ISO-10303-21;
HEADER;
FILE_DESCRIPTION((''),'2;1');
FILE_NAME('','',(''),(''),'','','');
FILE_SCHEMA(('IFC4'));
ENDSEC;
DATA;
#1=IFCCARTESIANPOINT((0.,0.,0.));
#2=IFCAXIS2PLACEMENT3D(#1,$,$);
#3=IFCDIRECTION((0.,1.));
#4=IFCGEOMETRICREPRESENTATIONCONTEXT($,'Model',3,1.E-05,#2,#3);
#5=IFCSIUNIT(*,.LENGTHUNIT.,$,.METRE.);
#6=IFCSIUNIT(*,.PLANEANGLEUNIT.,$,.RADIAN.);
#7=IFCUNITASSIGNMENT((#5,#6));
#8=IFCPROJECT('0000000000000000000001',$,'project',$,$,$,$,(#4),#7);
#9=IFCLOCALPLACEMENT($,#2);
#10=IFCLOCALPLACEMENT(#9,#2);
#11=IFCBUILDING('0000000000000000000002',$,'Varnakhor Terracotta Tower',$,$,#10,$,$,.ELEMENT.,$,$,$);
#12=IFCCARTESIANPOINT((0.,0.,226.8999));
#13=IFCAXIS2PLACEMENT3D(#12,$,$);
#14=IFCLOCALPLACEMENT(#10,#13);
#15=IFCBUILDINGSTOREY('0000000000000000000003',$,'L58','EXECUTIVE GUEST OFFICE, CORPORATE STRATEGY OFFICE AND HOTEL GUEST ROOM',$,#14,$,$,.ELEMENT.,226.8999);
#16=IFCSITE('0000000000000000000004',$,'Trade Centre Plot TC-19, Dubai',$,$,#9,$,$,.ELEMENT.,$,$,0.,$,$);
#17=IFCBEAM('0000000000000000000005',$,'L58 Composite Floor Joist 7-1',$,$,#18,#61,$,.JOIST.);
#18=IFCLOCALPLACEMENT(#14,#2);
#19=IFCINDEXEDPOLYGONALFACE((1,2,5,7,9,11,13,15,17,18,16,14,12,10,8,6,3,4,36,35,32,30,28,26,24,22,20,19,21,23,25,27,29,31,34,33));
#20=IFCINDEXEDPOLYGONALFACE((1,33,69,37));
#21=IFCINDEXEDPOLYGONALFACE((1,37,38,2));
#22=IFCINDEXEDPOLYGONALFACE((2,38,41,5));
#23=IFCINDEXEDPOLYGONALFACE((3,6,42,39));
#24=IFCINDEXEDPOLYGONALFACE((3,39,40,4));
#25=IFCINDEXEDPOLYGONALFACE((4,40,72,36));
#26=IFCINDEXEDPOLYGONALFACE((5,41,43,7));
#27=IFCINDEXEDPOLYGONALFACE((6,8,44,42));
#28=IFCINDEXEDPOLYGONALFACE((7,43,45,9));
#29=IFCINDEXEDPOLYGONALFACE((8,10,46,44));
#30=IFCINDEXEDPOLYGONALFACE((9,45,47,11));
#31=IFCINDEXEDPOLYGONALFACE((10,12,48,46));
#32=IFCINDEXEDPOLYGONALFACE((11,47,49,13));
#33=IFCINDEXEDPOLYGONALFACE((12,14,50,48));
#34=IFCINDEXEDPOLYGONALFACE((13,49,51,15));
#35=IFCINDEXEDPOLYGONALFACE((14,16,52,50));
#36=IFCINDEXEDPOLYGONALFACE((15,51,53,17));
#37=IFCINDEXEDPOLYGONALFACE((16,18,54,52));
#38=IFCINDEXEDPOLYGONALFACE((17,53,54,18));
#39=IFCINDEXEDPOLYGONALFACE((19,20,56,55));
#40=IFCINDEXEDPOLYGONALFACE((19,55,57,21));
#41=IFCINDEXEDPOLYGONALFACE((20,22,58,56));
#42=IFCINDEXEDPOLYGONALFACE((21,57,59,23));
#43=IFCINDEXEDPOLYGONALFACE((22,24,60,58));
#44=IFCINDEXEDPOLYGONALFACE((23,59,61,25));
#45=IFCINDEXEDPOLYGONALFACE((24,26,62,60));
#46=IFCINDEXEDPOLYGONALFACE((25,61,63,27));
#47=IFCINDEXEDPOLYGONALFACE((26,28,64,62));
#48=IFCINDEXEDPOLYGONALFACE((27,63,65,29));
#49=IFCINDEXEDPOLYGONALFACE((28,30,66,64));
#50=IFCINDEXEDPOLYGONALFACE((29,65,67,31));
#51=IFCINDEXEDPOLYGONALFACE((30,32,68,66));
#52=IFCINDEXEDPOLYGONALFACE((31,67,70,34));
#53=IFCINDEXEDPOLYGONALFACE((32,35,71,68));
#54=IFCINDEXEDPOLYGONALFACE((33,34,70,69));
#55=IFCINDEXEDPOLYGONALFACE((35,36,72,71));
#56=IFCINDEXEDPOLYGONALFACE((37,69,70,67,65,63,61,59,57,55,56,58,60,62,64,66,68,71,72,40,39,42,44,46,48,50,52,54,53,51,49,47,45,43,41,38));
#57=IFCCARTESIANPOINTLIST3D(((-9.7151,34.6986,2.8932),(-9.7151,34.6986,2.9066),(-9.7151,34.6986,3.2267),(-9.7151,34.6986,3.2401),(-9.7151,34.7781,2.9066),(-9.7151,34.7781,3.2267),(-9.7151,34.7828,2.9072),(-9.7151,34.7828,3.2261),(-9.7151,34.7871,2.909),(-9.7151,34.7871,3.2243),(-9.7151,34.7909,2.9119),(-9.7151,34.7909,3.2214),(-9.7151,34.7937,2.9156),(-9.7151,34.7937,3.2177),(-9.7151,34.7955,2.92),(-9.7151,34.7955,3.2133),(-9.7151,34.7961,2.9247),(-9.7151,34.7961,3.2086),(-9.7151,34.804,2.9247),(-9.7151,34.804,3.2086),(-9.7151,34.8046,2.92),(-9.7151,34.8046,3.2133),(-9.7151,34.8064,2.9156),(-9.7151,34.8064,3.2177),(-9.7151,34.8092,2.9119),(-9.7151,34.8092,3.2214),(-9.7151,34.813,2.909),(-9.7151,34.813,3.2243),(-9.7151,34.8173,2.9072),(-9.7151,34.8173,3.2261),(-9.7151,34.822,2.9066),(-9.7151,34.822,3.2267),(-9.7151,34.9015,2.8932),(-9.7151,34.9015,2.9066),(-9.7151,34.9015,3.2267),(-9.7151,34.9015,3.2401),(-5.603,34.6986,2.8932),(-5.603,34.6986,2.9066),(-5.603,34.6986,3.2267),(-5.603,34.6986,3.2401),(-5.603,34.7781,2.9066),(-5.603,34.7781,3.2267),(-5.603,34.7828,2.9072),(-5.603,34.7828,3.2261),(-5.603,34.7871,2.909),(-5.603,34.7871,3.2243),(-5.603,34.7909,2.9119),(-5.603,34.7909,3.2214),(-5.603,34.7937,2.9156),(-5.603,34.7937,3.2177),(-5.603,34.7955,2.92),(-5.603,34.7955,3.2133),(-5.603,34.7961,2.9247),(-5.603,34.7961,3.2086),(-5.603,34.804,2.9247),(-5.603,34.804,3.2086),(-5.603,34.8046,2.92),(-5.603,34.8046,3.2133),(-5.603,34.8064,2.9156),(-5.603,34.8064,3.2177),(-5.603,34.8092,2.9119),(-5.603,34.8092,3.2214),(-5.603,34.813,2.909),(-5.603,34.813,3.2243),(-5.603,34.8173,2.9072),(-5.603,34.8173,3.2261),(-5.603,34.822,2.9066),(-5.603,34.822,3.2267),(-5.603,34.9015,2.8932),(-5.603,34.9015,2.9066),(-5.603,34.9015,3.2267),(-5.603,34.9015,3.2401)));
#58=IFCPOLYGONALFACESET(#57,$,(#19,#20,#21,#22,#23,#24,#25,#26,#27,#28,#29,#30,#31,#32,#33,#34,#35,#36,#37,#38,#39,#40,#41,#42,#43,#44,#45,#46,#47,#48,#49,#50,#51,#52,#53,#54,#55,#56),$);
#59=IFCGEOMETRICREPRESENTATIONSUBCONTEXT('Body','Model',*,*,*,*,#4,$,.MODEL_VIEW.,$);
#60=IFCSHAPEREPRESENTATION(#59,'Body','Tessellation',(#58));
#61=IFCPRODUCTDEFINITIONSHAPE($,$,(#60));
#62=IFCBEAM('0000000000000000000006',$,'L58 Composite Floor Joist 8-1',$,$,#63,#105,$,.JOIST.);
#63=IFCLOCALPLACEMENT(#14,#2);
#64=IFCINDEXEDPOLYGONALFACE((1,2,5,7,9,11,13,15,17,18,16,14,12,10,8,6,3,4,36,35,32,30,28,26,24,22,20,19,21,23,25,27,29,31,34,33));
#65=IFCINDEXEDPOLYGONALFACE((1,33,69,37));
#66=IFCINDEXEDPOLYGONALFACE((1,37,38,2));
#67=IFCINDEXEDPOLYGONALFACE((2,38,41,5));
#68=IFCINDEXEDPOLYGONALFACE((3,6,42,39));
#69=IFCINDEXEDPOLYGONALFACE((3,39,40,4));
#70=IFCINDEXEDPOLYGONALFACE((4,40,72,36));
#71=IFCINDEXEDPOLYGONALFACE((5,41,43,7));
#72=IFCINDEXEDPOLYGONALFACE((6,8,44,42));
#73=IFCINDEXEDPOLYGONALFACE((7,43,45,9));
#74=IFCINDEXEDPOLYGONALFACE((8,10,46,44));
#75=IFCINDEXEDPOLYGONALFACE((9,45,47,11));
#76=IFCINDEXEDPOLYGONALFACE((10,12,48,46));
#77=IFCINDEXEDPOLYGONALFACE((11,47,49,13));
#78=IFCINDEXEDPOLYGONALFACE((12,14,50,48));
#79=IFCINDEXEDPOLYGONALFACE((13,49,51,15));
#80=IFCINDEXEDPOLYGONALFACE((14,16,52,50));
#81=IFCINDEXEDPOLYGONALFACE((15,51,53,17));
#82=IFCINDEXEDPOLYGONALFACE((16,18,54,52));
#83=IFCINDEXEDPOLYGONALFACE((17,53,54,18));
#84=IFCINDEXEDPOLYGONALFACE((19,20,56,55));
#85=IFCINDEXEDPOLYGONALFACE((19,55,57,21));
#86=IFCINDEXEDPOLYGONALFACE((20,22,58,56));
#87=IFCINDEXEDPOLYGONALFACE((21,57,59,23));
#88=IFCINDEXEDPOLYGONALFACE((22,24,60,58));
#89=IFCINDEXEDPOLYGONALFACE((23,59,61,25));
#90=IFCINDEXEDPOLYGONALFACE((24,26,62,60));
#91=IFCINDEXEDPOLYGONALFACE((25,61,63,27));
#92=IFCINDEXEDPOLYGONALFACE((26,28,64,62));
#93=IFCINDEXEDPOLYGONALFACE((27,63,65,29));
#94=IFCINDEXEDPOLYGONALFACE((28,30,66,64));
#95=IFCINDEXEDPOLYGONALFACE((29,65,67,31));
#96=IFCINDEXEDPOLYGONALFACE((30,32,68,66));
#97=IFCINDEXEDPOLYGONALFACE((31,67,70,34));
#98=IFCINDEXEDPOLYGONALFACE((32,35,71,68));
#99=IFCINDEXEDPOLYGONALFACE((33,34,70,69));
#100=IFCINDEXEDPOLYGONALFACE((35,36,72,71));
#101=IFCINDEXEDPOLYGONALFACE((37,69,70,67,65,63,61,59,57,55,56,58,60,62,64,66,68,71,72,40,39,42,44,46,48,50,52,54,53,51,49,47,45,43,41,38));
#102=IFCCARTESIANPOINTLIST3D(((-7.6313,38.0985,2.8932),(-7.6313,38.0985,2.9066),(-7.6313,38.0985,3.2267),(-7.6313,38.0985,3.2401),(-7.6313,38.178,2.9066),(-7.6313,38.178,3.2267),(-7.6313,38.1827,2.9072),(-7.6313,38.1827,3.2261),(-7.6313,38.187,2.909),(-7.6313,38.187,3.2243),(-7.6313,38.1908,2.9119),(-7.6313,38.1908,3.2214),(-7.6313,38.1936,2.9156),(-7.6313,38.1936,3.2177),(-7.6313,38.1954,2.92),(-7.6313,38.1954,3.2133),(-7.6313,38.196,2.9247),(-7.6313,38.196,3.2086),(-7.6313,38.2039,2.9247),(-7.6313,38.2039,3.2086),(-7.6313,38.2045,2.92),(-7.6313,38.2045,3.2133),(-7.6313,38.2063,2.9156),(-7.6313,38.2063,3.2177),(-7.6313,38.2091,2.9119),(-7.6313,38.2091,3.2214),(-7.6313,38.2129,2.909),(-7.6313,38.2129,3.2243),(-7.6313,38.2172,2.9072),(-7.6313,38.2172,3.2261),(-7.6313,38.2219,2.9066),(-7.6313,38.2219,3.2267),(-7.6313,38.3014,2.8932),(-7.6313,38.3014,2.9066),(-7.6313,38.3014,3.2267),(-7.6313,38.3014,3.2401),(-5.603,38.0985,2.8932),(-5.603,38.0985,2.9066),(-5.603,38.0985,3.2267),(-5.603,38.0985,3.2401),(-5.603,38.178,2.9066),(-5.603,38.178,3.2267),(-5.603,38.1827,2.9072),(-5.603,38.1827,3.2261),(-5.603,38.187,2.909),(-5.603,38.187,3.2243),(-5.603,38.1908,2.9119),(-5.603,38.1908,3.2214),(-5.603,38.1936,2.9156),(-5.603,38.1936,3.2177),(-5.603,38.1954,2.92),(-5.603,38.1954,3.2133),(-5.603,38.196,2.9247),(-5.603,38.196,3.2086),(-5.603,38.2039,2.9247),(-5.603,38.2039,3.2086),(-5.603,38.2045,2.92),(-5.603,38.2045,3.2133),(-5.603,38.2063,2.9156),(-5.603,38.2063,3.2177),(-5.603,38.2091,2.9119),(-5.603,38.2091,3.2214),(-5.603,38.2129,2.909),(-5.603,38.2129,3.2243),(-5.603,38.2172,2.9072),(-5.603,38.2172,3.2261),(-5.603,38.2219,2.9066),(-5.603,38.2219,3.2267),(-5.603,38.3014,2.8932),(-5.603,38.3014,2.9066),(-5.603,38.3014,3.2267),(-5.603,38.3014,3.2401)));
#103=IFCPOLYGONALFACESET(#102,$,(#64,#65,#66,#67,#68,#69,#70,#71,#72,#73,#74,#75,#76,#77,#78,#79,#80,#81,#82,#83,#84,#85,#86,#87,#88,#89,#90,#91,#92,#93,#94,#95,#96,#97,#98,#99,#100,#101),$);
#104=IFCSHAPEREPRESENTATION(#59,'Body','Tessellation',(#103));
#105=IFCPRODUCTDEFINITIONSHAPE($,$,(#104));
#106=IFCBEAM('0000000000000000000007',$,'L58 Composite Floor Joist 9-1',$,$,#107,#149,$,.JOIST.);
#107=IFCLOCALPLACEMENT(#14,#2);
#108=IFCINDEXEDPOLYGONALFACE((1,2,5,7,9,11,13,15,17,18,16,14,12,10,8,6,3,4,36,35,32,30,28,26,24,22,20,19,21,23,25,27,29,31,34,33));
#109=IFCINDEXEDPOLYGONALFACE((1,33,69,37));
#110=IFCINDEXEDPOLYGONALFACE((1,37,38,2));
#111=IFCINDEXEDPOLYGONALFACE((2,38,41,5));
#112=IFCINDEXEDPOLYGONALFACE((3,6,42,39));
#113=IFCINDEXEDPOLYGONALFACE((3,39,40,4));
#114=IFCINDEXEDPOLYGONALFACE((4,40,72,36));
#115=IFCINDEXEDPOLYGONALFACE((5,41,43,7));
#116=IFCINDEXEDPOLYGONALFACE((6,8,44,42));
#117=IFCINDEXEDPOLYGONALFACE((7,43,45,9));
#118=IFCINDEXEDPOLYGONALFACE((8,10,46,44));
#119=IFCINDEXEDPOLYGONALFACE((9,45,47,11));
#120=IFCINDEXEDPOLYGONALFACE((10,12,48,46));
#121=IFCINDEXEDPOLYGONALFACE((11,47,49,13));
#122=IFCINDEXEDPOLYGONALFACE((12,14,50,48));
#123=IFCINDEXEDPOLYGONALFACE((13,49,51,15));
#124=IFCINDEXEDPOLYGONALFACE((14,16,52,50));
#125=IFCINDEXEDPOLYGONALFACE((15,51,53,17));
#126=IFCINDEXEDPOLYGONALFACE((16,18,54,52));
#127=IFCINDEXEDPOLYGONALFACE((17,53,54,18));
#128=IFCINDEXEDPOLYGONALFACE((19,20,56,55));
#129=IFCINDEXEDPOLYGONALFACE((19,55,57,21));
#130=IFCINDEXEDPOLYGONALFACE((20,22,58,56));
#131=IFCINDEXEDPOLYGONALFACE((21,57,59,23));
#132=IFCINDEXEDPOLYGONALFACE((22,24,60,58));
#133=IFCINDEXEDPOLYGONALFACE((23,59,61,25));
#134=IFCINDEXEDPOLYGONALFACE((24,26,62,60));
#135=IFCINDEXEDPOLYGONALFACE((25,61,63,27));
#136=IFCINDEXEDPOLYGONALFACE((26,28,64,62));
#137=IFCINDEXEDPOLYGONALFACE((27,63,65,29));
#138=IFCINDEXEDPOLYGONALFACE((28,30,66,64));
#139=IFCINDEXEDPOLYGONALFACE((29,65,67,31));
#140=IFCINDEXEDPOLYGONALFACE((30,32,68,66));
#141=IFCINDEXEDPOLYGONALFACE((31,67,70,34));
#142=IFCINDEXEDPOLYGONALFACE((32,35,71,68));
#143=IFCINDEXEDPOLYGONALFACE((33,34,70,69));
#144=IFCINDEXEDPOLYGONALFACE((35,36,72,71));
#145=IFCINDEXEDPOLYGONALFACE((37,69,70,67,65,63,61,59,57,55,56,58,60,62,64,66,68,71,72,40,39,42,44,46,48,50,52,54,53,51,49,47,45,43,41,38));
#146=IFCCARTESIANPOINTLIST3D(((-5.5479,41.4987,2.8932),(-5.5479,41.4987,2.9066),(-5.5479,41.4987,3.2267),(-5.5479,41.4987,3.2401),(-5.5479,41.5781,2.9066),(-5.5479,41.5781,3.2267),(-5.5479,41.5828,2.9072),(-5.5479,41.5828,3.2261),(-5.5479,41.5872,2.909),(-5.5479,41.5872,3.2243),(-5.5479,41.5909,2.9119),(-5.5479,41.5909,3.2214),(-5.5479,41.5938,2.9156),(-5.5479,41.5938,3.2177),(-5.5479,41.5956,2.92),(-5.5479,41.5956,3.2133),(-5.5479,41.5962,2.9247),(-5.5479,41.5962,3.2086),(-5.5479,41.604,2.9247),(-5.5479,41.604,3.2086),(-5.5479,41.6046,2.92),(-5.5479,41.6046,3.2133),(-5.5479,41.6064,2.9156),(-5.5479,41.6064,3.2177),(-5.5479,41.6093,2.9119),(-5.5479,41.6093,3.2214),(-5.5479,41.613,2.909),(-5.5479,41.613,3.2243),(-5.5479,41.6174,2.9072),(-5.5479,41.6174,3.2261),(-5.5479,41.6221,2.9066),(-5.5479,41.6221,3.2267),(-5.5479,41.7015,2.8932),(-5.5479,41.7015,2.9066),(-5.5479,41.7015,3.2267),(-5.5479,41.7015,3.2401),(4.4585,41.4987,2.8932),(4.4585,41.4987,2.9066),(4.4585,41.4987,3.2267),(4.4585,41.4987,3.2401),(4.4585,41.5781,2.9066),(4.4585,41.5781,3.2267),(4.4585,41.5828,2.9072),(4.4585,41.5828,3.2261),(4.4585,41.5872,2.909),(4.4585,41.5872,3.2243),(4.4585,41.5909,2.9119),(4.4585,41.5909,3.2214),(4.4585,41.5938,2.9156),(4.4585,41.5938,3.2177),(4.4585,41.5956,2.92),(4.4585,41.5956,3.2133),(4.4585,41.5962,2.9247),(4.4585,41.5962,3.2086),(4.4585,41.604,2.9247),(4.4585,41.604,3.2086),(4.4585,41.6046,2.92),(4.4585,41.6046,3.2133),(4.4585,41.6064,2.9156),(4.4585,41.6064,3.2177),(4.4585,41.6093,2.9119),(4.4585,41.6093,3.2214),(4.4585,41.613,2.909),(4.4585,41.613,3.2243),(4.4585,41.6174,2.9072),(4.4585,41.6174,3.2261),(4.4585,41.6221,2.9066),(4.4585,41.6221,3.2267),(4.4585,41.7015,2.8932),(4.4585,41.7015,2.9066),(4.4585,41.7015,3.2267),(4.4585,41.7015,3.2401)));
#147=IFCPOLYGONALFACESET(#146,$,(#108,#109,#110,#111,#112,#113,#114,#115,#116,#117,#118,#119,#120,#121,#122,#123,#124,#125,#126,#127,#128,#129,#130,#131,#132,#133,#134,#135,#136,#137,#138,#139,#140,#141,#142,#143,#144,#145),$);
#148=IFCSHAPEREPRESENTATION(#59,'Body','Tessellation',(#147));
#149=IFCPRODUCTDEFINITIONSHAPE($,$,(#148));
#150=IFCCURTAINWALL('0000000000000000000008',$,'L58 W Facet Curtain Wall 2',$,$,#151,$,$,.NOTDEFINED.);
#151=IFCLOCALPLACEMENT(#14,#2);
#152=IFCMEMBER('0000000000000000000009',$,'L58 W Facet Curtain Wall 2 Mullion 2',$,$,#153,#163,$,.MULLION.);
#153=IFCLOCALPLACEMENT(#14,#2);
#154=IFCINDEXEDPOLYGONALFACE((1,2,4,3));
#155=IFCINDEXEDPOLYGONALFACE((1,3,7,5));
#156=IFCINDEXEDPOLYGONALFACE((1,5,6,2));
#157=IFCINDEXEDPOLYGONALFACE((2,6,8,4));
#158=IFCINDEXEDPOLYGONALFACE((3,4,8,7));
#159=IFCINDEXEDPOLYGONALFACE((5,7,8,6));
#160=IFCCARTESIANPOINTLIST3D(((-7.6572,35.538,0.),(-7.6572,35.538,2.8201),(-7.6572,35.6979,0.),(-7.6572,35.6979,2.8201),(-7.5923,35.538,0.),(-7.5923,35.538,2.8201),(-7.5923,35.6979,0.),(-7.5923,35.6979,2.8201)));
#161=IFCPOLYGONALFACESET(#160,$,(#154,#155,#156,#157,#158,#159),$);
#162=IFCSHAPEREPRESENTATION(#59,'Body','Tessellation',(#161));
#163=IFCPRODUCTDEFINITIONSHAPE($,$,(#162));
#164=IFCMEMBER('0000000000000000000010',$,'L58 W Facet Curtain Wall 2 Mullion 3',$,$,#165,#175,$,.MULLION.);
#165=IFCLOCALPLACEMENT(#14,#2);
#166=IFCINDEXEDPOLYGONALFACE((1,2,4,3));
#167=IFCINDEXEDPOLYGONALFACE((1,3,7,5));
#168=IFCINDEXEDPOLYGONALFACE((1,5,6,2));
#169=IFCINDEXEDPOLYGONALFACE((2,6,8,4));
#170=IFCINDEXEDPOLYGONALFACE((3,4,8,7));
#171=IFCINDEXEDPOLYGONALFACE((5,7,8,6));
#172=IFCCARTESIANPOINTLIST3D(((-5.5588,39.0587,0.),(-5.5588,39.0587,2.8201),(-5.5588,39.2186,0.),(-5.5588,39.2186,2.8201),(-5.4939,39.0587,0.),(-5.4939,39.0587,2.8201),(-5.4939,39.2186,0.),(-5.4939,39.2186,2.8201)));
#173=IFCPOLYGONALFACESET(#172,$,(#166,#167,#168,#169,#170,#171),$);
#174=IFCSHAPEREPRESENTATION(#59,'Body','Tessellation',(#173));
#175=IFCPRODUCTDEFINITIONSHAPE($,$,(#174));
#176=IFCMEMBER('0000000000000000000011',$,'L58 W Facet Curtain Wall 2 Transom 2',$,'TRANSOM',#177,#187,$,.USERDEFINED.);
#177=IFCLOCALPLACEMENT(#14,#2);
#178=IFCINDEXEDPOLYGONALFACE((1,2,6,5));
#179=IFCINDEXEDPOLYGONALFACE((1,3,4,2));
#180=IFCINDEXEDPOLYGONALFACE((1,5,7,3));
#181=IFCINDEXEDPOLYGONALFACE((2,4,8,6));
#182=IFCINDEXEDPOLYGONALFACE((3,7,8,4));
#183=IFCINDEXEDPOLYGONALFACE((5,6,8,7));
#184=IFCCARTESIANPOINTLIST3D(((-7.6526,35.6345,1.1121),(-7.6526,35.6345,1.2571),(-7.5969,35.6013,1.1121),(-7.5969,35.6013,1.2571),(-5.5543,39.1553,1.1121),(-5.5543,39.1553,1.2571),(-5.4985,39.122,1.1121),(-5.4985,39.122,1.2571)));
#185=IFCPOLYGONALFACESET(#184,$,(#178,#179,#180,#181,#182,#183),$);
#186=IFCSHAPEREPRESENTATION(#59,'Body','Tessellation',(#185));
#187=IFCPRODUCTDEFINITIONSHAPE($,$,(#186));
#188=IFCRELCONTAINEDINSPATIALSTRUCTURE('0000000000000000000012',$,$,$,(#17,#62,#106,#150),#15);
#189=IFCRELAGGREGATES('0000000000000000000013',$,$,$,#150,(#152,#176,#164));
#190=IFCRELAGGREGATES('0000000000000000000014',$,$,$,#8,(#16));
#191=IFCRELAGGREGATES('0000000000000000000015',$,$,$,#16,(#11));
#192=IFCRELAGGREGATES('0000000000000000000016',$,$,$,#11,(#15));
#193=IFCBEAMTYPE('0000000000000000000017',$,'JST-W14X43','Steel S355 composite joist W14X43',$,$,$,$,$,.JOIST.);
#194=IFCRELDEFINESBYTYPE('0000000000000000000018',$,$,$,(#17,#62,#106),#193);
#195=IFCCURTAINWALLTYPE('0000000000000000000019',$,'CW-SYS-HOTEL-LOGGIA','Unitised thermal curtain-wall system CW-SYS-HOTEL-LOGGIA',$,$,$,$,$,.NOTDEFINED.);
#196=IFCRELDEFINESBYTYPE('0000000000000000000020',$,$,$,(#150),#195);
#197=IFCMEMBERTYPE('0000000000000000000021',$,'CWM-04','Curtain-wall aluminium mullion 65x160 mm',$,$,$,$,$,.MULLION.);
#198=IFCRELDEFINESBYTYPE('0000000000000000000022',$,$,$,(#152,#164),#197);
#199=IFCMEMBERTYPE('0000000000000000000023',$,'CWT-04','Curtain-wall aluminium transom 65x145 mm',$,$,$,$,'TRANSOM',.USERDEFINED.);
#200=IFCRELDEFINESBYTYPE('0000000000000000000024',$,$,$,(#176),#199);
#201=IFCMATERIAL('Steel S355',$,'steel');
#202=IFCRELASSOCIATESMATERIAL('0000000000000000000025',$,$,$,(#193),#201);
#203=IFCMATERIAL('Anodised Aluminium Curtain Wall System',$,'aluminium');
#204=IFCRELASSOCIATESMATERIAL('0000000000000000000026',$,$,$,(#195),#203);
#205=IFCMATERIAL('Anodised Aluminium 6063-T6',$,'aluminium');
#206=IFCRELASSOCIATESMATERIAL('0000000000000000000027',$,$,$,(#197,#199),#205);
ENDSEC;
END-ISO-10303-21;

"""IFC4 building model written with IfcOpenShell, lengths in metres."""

from ifc_helpers import new_model, si_unit, direction, frame, origin, origin_2d, place, context, subcontext, project, spatial, rectangle, i_section, extrude, source, transform, mapped, material, material_profile, profile_set, type_object, type_shapes, element, aggregate, save


model = new_model("IFC4")

# Units and contexts
model_context = context("Model", 3, precision=1e-05, world=origin(), true_north=direction((0.0, 1.0)))
body_context = subcontext(model_context, "Body", "Model", "MODEL_VIEW")
ifc_project = project(units=[si_unit("LENGTHUNIT", "METRE"), si_unit("PLANEANGLEUNIT", "RADIAN")], contexts=[model_context])

# Site, building, storey
site_placement = place(None, origin())
site = spatial("IfcSite", under=ifc_project, at=site_placement, Name="Trade Centre Plot TC-19, Dubai", CompositionType="ELEMENT", RefElevation=0.0)
building_placement = place(site_placement, origin())
building = spatial("IfcBuilding", under=site, at=building_placement, Name="Varnakhor Terracotta Tower", CompositionType="ELEMENT")
storey_placement = place(building_placement, frame((0.0, 0.0, 226.8999)))
storey = spatial("IfcBuildingStorey", under=building, at=storey_placement, Name="L58", Description="EXECUTIVE GUEST OFFICE, CORPORATE STRATEGY OFFICE AND HOTEL GUEST ROOM", CompositionType="ELEMENT", Elevation=226.8999)

# Beams
ifc_material_1 = material(Name="Steel S355", Category="steel")
ifc_material_profile_1 = material_profile(ifc_material_1, i_section(OverallWidth=0.2029, OverallDepth=0.3469, WebThickness=0.0078, FlangeThickness=0.0134, FilletRadius=0.0181, at=origin_2d()), Name="W14X43")
ifc_profile_set_1 = profile_set([ifc_material_profile_1], Name="Steel S355")
beam_type_1 = type_object("IfcBeamType", Name="JST-W14X43", Description="Steel S355 composite joist W14X43", PredefinedType="JOIST", material=ifc_profile_set_1)
shared_shape_1 = source(origin(), body_context, "Body", "SweptSolid", [
    extrude(i_section(OverallWidth=0.2029, OverallDepth=0.3469, WebThickness=0.0078, FlangeThickness=0.0134, FilletRadius=0.0181, at=origin_2d()), origin(), (0.0, 0.0, 1.0), 4.1121),
])
beam_1_placement = place(storey_placement, frame((-9.7151, 34.8, 3.0667), z_axis=(1.0, 0.0, 0.0), x_axis=(0.0, 1.0, 0.0)))
element("IfcBeam", 1, at=beam_1_placement, inside=storey, type_object=beam_type_1, Name="L58 Composite Floor Joist 7-1", PredefinedType="JOIST", context=body_context, shape_type="MappedRepresentation", body=[
    mapped(shared_shape_1, transform((0.0, 0.0, 0.0), scale=1.0)),
])
shared_shape_2 = source(origin(), body_context, "Body", "SweptSolid", [
    extrude(i_section(OverallWidth=0.2029, OverallDepth=0.3469, WebThickness=0.0078, FlangeThickness=0.0134, FilletRadius=0.0181, at=origin_2d()), origin(), (0.0, 0.0, 1.0), 2.0283),
])
beam_2_placement = place(storey_placement, frame((-7.6313, 38.2, 3.0667), z_axis=(1.0, 0.0, 0.0), x_axis=(0.0, 1.0, 0.0)))
element("IfcBeam", 2, at=beam_2_placement, inside=storey, type_object=beam_type_1, Name="L58 Composite Floor Joist 8-1", PredefinedType="JOIST", context=body_context, shape_type="MappedRepresentation", body=[
    mapped(shared_shape_2, transform((0.0, 0.0, 0.0), scale=1.0)),
])
shared_shape_3 = source(origin(), body_context, "Body", "SweptSolid", [
    extrude(i_section(OverallWidth=0.2029, OverallDepth=0.3469, WebThickness=0.0078, FlangeThickness=0.0134, FilletRadius=0.0181, at=origin_2d()), origin(), (0.0, 0.0, 1.0), 10.0063),
])
beam_3_placement = place(storey_placement, frame((-5.5479, 41.6001, 3.0667), z_axis=(1.0, 0.0, 0.0), x_axis=(0.0, 1.0, 0.0)))
element("IfcBeam", 3, at=beam_3_placement, inside=storey, type_object=beam_type_1, Name="L58 Composite Floor Joist 9-1", PredefinedType="JOIST", context=body_context, shape_type="MappedRepresentation", body=[
    mapped(shared_shape_3, transform((0.0, 0.0, 0.0), scale=1.0)),
])

# Curtain wall, members
ifc_material_2 = material(Name="Anodised Aluminium Curtain Wall System", Category="aluminium")
curtain_wall_type = type_object("IfcCurtainWallType", Name="CW-SYS-HOTEL-LOGGIA", Description="Unitised thermal curtain-wall system CW-SYS-HOTEL-LOGGIA", PredefinedType="NOTDEFINED", material=ifc_material_2)
curtain_wall_placement = place(storey_placement, origin())
curtain_wall = element("IfcCurtainWall", 4, at=curtain_wall_placement, inside=storey, type_object=curtain_wall_type, Name="L58 W Facet Curtain Wall 2", PredefinedType="NOTDEFINED")
ifc_material_3 = material(Name="Anodised Aluminium 6063-T6", Category="aluminium")
ifc_material_profile_2 = material_profile(ifc_material_3, rectangle(XDim=0.0649, YDim=0.1599, at=origin_2d()), Name="ALU MULLION 65x160")
ifc_profile_set_2 = profile_set([ifc_material_profile_2], Name="Anodised Aluminium 6063-T6")
member_type_1 = type_object("IfcMemberType", Name="CWM-04", Description="Curtain-wall aluminium mullion 65x160 mm", PredefinedType="MULLION", material=ifc_profile_set_2)
shared_shape_4 = source(origin(), body_context, "Body", "SweptSolid", [
    extrude(rectangle(XDim=0.0649, YDim=0.1599, at=origin_2d()), origin(), (0.0, 0.0, 1.0), 2.8201),
])
type_shapes(member_type_1, [shared_shape_4])
member_1_placement = place(storey_placement, frame((-7.6248, 35.6179, 0.0), z_axis=(0.0, 0.0, 1.0), x_axis=(1.0, 0.0, 0.0)))
member_1 = element("IfcMember", 5, at=member_1_placement, type_object=member_type_1, Name="L58 W Facet Curtain Wall 2 Mullion 2", PredefinedType="MULLION", context=body_context, shape_type="MappedRepresentation", body=[
    mapped(shared_shape_4, transform((0.0, 0.0, 0.0), scale=1.0)),
])
member_2_placement = place(storey_placement, frame((-5.5264, 39.1387, 0.0), z_axis=(0.0, 0.0, 1.0), x_axis=(1.0, 0.0, 0.0)))
member_2 = element("IfcMember", 6, at=member_2_placement, type_object=member_type_1, Name="L58 W Facet Curtain Wall 2 Mullion 3", PredefinedType="MULLION", context=body_context, shape_type="MappedRepresentation", body=[
    mapped(shared_shape_4, transform((0.0, 0.0, 0.0), scale=1.0)),
])
ifc_material_profile_3 = material_profile(ifc_material_3, rectangle(XDim=0.0649, YDim=0.145, at=origin_2d()), Name="ALU TRANSOM 65x145")
ifc_profile_set_3 = profile_set([ifc_material_profile_3], Name="Anodised Aluminium 6063-T6")
member_type_2 = type_object("IfcMemberType", Name="CWT-04", Description="Curtain-wall aluminium transom 65x145 mm", ElementType="TRANSOM", PredefinedType="USERDEFINED", material=ifc_profile_set_3)
shared_shape_5 = source(origin(), body_context, "Body", "SweptSolid", [
    extrude(rectangle(XDim=0.0649, YDim=0.145, at=origin_2d()), origin(), (0.0, 0.0, 1.0), 4.0986),
])
member_3_placement = place(storey_placement, frame((-7.6248, 35.6179, 1.1846), z_axis=(0.511971, 0.859003, 0.0), x_axis=(-0.859003, 0.511971, 0.0)))
member_3 = element("IfcMember", 7, at=member_3_placement, type_object=member_type_2, Name="L58 W Facet Curtain Wall 2 Transom 2", ObjectType="TRANSOM", PredefinedType="USERDEFINED", context=body_context, shape_type="MappedRepresentation", body=[
    mapped(shared_shape_5, transform((0.0, 0.0, 0.0), scale=1.0)),
])

aggregate(curtain_wall, [member_1, member_3, member_2])

save(model, "model.ifc")
